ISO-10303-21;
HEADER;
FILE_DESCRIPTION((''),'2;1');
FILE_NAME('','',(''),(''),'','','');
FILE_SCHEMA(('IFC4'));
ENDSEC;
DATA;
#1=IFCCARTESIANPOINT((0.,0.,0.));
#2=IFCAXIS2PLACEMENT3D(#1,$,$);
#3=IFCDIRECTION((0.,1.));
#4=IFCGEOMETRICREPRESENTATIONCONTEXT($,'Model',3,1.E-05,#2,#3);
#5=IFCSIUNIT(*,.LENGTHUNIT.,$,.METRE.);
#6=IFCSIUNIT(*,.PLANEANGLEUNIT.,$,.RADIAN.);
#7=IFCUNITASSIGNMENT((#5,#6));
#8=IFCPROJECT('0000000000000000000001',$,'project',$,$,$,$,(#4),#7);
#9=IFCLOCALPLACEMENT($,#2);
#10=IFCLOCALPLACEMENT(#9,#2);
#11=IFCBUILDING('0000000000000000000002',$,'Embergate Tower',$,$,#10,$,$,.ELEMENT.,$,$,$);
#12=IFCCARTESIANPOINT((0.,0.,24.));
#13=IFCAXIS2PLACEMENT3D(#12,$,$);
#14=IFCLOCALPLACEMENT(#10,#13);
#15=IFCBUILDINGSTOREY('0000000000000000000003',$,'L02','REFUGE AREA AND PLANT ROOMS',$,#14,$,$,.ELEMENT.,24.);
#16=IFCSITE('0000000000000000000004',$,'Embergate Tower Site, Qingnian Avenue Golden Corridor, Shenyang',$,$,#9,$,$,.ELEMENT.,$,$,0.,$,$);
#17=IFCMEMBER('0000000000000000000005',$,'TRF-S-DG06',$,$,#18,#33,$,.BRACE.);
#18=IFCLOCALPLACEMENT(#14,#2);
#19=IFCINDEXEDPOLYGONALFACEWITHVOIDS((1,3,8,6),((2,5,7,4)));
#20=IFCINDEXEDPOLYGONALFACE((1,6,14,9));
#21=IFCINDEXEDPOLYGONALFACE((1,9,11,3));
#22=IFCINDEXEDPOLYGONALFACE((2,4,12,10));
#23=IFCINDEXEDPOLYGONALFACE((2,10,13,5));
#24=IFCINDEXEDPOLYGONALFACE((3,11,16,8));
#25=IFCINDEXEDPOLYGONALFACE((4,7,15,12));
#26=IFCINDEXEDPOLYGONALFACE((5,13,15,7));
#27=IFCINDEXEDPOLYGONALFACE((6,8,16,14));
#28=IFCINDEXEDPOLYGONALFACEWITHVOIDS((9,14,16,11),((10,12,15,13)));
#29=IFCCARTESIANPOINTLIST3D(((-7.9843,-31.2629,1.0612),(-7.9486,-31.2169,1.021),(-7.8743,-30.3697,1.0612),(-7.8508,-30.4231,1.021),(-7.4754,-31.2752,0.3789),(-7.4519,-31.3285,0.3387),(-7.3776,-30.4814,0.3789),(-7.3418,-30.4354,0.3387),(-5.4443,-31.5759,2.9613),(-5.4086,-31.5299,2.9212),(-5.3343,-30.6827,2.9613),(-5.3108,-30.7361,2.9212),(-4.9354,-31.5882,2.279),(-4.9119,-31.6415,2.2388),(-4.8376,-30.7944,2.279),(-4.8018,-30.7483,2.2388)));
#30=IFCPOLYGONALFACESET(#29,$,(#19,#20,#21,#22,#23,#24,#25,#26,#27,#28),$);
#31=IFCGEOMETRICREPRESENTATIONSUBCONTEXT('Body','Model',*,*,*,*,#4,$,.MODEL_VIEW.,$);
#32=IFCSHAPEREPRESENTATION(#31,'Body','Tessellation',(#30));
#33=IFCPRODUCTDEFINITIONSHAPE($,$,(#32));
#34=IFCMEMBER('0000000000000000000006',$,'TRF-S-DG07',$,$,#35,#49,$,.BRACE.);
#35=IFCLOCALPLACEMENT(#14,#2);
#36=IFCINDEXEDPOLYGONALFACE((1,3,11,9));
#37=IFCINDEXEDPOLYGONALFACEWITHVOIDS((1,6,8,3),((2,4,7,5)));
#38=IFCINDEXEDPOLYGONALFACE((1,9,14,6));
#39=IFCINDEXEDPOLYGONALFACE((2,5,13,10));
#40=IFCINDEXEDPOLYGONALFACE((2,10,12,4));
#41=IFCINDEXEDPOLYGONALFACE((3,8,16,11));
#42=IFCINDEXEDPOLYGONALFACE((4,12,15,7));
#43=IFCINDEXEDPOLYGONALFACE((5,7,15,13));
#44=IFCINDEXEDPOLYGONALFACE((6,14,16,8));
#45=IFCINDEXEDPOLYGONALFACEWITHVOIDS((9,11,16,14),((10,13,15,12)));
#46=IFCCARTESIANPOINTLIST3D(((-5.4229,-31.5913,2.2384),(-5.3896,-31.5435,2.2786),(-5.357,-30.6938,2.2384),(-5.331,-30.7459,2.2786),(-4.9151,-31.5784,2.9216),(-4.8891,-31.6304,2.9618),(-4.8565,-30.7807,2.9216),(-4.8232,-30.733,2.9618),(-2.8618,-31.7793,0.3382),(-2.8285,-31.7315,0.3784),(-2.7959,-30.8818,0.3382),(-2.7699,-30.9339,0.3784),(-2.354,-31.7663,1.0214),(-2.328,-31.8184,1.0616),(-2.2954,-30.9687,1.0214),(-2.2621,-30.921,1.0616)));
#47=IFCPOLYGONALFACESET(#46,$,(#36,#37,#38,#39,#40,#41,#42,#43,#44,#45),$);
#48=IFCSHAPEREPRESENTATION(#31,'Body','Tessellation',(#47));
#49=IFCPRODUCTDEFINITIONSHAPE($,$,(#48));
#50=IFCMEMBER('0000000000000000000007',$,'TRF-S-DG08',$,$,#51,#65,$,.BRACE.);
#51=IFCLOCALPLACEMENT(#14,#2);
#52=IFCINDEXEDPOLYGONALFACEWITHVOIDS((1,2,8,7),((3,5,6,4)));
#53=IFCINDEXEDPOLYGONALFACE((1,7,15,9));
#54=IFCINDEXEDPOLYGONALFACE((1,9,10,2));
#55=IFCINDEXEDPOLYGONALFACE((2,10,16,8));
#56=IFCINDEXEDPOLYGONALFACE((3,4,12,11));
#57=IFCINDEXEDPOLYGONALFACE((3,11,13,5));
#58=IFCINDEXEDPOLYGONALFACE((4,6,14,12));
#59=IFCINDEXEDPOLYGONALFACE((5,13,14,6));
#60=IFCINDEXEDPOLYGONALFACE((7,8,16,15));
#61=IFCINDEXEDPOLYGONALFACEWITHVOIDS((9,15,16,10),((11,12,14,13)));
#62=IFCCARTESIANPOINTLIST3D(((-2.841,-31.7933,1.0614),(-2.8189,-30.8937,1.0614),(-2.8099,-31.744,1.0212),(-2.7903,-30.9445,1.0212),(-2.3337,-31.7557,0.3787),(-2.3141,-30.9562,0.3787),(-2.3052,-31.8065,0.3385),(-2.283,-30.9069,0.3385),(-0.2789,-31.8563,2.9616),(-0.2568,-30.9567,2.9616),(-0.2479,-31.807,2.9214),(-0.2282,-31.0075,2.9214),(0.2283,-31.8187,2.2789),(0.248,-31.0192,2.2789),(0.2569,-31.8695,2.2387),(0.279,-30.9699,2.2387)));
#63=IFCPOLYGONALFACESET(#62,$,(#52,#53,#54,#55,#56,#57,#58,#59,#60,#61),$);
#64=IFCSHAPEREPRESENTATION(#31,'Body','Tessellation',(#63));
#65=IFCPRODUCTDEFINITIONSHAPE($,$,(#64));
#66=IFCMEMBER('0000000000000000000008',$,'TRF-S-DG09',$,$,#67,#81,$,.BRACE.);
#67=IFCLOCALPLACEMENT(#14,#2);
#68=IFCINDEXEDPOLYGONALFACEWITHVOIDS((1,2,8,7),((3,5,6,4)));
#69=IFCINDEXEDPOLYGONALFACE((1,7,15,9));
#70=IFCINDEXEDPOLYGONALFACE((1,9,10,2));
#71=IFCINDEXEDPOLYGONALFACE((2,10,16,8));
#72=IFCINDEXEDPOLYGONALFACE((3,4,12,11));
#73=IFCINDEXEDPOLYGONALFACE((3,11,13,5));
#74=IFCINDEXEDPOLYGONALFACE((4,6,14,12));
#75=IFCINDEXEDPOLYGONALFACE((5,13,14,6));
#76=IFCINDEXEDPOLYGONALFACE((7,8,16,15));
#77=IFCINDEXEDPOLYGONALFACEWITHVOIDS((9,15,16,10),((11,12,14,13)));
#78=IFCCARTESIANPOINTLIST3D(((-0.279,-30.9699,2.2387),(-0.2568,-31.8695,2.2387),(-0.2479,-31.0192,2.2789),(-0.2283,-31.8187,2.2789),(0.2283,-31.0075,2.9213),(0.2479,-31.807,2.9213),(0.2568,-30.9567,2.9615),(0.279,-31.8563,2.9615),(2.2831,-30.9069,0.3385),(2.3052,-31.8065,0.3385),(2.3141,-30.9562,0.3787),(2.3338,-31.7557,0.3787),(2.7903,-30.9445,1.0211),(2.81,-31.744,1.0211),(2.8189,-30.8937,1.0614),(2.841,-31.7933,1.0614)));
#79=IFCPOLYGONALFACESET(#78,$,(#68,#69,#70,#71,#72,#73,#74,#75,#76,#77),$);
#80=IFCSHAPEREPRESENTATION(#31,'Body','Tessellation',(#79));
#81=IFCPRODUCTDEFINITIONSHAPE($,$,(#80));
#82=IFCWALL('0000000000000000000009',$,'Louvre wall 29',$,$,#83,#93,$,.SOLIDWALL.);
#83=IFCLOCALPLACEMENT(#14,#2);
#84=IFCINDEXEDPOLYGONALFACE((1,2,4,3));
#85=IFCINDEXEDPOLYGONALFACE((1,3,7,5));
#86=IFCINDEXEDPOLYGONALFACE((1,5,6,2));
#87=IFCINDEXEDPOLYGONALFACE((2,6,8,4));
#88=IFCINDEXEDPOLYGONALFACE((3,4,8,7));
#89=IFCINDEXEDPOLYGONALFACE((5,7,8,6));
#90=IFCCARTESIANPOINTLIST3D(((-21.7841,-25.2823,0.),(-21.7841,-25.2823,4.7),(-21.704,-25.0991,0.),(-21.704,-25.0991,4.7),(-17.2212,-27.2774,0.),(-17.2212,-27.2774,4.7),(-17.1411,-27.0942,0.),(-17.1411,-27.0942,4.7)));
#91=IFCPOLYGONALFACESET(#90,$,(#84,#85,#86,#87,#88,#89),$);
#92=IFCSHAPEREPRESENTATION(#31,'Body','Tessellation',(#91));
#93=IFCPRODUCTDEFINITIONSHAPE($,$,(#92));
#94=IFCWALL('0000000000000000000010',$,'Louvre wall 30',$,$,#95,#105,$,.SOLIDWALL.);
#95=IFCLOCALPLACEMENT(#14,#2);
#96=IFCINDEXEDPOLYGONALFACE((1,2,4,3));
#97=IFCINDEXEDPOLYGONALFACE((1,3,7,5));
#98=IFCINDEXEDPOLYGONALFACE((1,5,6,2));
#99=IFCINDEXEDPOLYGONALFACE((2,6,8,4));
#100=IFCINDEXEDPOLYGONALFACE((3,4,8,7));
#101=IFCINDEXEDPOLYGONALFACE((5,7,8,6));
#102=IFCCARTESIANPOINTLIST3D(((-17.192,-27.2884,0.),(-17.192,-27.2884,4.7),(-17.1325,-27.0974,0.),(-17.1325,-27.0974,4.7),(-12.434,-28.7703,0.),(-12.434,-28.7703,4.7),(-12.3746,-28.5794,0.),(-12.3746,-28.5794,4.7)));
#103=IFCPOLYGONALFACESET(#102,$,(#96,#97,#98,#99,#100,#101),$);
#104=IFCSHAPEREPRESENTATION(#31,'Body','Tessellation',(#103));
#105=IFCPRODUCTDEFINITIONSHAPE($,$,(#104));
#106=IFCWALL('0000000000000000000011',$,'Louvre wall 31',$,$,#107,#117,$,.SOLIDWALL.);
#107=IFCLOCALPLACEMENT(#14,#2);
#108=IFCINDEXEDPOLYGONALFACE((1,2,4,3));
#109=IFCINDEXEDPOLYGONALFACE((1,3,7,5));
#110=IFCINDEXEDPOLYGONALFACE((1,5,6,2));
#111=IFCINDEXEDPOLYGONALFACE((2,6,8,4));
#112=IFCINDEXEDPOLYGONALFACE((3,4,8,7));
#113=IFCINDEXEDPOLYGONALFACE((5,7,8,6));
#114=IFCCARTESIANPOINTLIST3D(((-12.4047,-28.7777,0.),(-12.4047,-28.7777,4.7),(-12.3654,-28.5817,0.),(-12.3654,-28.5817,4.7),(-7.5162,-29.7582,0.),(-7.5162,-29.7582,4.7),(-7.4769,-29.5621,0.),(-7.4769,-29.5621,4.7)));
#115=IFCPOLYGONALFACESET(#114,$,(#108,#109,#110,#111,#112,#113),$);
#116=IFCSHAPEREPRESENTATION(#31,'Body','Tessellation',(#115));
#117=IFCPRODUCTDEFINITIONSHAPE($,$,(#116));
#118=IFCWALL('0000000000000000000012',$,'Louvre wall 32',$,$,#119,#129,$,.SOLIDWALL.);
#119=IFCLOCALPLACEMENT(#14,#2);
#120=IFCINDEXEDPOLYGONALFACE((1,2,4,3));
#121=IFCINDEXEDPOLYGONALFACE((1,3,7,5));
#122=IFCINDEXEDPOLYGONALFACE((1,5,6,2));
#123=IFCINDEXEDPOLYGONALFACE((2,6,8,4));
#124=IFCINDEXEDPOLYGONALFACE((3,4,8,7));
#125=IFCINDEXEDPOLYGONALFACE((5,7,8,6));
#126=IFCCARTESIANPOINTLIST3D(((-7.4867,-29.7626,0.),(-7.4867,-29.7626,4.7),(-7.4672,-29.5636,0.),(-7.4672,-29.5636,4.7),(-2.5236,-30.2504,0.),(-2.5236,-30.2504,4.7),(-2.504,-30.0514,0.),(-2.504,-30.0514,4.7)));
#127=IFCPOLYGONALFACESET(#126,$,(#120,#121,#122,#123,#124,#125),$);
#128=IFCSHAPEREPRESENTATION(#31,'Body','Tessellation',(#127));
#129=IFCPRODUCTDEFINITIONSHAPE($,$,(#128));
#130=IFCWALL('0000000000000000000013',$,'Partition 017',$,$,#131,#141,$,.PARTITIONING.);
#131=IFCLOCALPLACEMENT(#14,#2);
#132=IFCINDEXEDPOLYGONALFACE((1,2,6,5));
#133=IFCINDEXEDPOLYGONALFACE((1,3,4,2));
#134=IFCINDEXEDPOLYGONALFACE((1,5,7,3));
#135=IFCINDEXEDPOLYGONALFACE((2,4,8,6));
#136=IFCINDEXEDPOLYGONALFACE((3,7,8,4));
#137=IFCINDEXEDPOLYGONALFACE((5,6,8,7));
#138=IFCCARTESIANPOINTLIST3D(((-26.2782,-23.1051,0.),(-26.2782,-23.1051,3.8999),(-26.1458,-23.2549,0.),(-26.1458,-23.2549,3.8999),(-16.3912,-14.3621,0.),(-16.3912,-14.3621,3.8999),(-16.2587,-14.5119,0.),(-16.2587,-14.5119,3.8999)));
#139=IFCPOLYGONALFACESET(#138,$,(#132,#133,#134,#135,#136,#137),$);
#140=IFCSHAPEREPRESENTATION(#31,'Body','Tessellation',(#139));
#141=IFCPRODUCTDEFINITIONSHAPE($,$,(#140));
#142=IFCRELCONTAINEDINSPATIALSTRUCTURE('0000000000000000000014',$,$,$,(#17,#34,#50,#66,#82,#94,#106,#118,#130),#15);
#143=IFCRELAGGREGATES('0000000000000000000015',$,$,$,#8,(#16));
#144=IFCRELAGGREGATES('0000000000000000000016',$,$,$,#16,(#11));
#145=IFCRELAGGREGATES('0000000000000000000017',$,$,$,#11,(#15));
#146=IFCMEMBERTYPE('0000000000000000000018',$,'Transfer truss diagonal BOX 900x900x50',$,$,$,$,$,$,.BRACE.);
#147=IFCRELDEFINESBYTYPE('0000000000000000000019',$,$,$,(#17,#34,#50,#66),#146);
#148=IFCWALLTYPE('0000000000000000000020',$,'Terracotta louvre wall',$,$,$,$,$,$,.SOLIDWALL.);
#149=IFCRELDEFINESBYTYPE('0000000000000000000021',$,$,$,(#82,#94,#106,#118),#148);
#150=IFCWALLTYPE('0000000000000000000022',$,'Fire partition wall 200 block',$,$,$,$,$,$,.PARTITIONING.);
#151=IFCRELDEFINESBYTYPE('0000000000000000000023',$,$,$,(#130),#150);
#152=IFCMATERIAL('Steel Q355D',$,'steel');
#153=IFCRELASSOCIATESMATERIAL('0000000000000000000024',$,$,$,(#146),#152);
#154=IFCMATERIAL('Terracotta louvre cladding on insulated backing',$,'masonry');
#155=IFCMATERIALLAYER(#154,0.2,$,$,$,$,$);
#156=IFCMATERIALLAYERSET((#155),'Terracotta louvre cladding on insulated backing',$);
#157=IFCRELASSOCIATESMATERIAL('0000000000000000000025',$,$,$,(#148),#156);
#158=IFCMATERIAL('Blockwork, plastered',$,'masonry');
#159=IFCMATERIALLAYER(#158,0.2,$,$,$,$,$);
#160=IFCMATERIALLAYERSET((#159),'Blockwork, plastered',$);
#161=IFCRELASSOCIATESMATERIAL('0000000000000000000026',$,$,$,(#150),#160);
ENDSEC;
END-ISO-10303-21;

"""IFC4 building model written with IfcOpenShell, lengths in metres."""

from ifc_helpers import new_model, si_unit, direction, frame, frame_2d, origin, origin_2d, place, context, subcontext, project, spatial, rectangle, hollow_rectangle, extrude, source, transform, mapped, material, layer, layer_set, material_profile, profile_set, type_object, element, save


model = new_model("IFC4")

# Units and contexts
model_context = context("Model", 3, precision=1e-05, world=origin(), true_north=direction((0.0, 1.0)))
body_context = subcontext(model_context, "Body", "Model", "MODEL_VIEW")
ifc_project = project(units=[si_unit("LENGTHUNIT", "METRE"), si_unit("PLANEANGLEUNIT", "RADIAN")], contexts=[model_context])

# Site, building, storey
site_placement = place(None, origin())
site = spatial("IfcSite", under=ifc_project, at=site_placement, Name="Embergate Tower Site, Qingnian Avenue Golden Corridor, Shenyang", CompositionType="ELEMENT", RefElevation=0.0)
building_placement = place(site_placement, origin())
building = spatial("IfcBuilding", under=site, at=building_placement, Name="Embergate Tower", CompositionType="ELEMENT")
storey_placement = place(building_placement, frame((0.0, 0.0, 24.0)))
storey = spatial("IfcBuildingStorey", under=building, at=storey_placement, Name="L02", Description="REFUGE AREA AND PLANT ROOMS", CompositionType="ELEMENT", Elevation=24.0)

# Members
ifc_material_1 = material(Name="Steel Q355D", Category="steel")
ifc_material_profile_1 = material_profile(ifc_material_1, hollow_rectangle(XDim=0.8999, YDim=0.8999, WallThickness=0.05, at=origin_2d()), Name="BOX 900x900x50")
ifc_profile_set_1 = profile_set([ifc_material_profile_1], Name="Steel Q355 grade D")
member_type_1 = type_object("IfcMemberType", Name="Transfer truss diagonal BOX 900x900x50", PredefinedType="BRACE", material=ifc_profile_set_1)
shared_shape_1 = source(origin(), body_context, "Body", "SweptSolid", [
    extrude(hollow_rectangle(XDim=0.8999, YDim=0.8999, WallThickness=0.05, at=origin_2d()), origin(), (0.0, 0.0, 1.0), 3.1875),
])
member_1_placement = place(storey_placement, frame((-7.6631, -30.8491, 0.7), z_axis=(0.796869, -0.098192, 0.59612), x_axis=(0.122297, 0.992494, 0.0)))
element("IfcMember", 1, at=member_1_placement, inside=storey, type_object=member_type_1, Name="TRF-S-DG06", PredefinedType="BRACE", context=body_context, shape_type="MappedRepresentation", body=[
    mapped(shared_shape_1, transform((0.0, 0.0, 0.0))),
])
shared_shape_2 = source(origin(), body_context, "Body", "SweptSolid", [
    extrude(hollow_rectangle(XDim=0.8999, YDim=0.8999, WallThickness=0.05, at=origin_2d()), origin(), (0.0, 0.0, 1.0), 3.1946),
])
member_2_placement = place(storey_placement, frame((-5.123, -31.1621, 2.6001), z_axis=(0.801703, -0.058848, -0.594819), x_axis=(0.073206, 0.997317, 0.0)))
element("IfcMember", 2, at=member_2_placement, inside=storey, type_object=member_type_1, Name="TRF-S-DG07", PredefinedType="BRACE", context=body_context, shape_type="MappedRepresentation", body=[
    mapped(shared_shape_2, transform((0.0, 0.0, 0.0))),
])
shared_shape_3 = source(origin(), body_context, "Body", "SweptSolid", [
    extrude(hollow_rectangle(XDim=0.8999, YDim=0.8999, WallThickness=0.05, at=origin_2d()), origin(), (0.0, 0.0, 1.0), 3.1904),
])
for number, where, z_axis, x_axis, name in (
    (3, (-2.562, -31.3501, 0.7), (0.803047, -0.019743, 0.595589), (0.024578, 0.999698, 0.0), "TRF-S-DG08"),
    (4, (0.0, -31.4131, 2.6001), (0.803047, 0.019743, -0.595589), (-0.024578, 0.999698, 0.0), "TRF-S-DG09"),
):
    element("IfcMember", number, at=place(storey_placement, frame(where, z_axis=z_axis, x_axis=x_axis)), inside=storey, type_object=member_type_1, Name=name, PredefinedType="BRACE", context=body_context, shape_type="MappedRepresentation", body=[
        mapped(shared_shape_3, transform((0.0, 0.0, 0.0))),
    ])

# Walls
ifc_material_2 = material(Name="Terracotta louvre cladding on insulated backing", Category="masonry")
ifc_layer_1 = layer(ifc_material_2, 0.2)
ifc_layer_set_1 = layer_set([ifc_layer_1], Name="Terracotta louvre cladding on insulated backing")
wall_type_1 = type_object("IfcWallType", Name="Terracotta louvre wall", PredefinedType="SOLIDWALL", material=ifc_layer_set_1)
shared_shape_4 = source(origin(), body_context, "Body", "SweptSolid", [
    extrude(rectangle(XDim=4.98, YDim=0.2, at=frame_2d((2.49, 0.0))), origin(), (0.0, 0.0, 1.0), 4.7),
])
wall_1_placement = place(storey_placement, frame((-17.1812, -27.1858, 0.0), z_axis=(0.0, 0.0, 1.0), x_axis=(-0.916245, 0.400618, 0.0)))
element("IfcWall", 5, at=wall_1_placement, inside=storey, type_object=wall_type_1, Name="Louvre wall 29", PredefinedType="SOLIDWALL", context=body_context, shape_type="MappedRepresentation", body=[
    mapped(shared_shape_4, transform((0.0, 0.0, 0.0))),
])
shared_shape_5 = source(origin(), body_context, "Body", "SweptSolid", [
    extrude(rectangle(XDim=4.9834, YDim=0.2, at=frame_2d((2.4917, 0.0))), origin(), (0.0, 0.0, 1.0), 4.7),
])
wall_2_placement = place(storey_placement, frame((-12.4043, -28.6748, 0.0), z_axis=(0.0, 0.0, 1.0), x_axis=(-0.954763, 0.297368, 0.0)))
element("IfcWall", 6, at=wall_2_placement, inside=storey, type_object=wall_type_1, Name="Louvre wall 30", PredefinedType="SOLIDWALL", context=body_context, shape_type="MappedRepresentation", body=[
    mapped(shared_shape_5, transform((0.0, 0.0, 0.0))),
])
shared_shape_6 = source(origin(), body_context, "Body", "SweptSolid", [
    extrude(rectangle(XDim=4.9858, YDim=0.2, at=frame_2d((2.4929, 0.0))), origin(), (0.0, 0.0, 1.0), 4.7),
])
wall_3_placement = place(storey_placement, frame((-7.4966, -29.6602, 0.0), z_axis=(0.0, 0.0, 1.0), x_axis=(-0.980473, 0.196653, 0.0)))
element("IfcWall", 7, at=wall_3_placement, inside=storey, type_object=wall_type_1, Name="Louvre wall 31", PredefinedType="SOLIDWALL", context=body_context, shape_type="MappedRepresentation", body=[
    mapped(shared_shape_6, transform((0.0, 0.0, 0.0))),
])
shared_shape_7 = source(origin(), body_context, "Body", "SweptSolid", [
    extrude(rectangle(XDim=4.9871, YDim=0.2, at=frame_2d((2.4937, 0.0))), origin(), (0.0, 0.0, 1.0), 4.7),
])
wall_4_placement = place(storey_placement, frame((-2.5137, -30.1509, 0.0), z_axis=(0.0, 0.0, 1.0), x_axis=(-0.995205, 0.097812, 0.0)))
element("IfcWall", 8, at=wall_4_placement, inside=storey, type_object=wall_type_1, Name="Louvre wall 32", PredefinedType="SOLIDWALL", context=body_context, shape_type="MappedRepresentation", body=[
    mapped(shared_shape_7, transform((0.0, 0.0, 0.0))),
])
ifc_material_3 = material(Name="Blockwork, plastered", Category="masonry")
ifc_layer_2 = layer(ifc_material_3, 0.2)
ifc_layer_set_2 = layer_set([ifc_layer_2], Name="Blockwork, plastered")
wall_type_2 = type_object("IfcWallType", Name="Fire partition wall 200 block", PredefinedType="PARTITIONING", material=ifc_layer_set_2)
shared_shape_8 = source(origin(), body_context, "Body", "SweptSolid", [
    extrude(rectangle(XDim=13.1982, YDim=0.2, at=frame_2d((6.5991, 0.0))), origin(), (0.0, 0.0, 1.0), 3.8999),
])
wall_5_placement = place(storey_placement, frame((-16.325, -14.437, 0.0), z_axis=(0.0, 0.0, 1.0), x_axis=(-0.749118, -0.662436, 0.0)))
element("IfcWall", 9, at=wall_5_placement, inside=storey, type_object=wall_type_2, Name="Partition 017", PredefinedType="PARTITIONING", context=body_context, shape_type="MappedRepresentation", body=[
    mapped(shared_shape_8, transform((0.0, 0.0, 0.0))),
])

save(model, "model.ifc")
